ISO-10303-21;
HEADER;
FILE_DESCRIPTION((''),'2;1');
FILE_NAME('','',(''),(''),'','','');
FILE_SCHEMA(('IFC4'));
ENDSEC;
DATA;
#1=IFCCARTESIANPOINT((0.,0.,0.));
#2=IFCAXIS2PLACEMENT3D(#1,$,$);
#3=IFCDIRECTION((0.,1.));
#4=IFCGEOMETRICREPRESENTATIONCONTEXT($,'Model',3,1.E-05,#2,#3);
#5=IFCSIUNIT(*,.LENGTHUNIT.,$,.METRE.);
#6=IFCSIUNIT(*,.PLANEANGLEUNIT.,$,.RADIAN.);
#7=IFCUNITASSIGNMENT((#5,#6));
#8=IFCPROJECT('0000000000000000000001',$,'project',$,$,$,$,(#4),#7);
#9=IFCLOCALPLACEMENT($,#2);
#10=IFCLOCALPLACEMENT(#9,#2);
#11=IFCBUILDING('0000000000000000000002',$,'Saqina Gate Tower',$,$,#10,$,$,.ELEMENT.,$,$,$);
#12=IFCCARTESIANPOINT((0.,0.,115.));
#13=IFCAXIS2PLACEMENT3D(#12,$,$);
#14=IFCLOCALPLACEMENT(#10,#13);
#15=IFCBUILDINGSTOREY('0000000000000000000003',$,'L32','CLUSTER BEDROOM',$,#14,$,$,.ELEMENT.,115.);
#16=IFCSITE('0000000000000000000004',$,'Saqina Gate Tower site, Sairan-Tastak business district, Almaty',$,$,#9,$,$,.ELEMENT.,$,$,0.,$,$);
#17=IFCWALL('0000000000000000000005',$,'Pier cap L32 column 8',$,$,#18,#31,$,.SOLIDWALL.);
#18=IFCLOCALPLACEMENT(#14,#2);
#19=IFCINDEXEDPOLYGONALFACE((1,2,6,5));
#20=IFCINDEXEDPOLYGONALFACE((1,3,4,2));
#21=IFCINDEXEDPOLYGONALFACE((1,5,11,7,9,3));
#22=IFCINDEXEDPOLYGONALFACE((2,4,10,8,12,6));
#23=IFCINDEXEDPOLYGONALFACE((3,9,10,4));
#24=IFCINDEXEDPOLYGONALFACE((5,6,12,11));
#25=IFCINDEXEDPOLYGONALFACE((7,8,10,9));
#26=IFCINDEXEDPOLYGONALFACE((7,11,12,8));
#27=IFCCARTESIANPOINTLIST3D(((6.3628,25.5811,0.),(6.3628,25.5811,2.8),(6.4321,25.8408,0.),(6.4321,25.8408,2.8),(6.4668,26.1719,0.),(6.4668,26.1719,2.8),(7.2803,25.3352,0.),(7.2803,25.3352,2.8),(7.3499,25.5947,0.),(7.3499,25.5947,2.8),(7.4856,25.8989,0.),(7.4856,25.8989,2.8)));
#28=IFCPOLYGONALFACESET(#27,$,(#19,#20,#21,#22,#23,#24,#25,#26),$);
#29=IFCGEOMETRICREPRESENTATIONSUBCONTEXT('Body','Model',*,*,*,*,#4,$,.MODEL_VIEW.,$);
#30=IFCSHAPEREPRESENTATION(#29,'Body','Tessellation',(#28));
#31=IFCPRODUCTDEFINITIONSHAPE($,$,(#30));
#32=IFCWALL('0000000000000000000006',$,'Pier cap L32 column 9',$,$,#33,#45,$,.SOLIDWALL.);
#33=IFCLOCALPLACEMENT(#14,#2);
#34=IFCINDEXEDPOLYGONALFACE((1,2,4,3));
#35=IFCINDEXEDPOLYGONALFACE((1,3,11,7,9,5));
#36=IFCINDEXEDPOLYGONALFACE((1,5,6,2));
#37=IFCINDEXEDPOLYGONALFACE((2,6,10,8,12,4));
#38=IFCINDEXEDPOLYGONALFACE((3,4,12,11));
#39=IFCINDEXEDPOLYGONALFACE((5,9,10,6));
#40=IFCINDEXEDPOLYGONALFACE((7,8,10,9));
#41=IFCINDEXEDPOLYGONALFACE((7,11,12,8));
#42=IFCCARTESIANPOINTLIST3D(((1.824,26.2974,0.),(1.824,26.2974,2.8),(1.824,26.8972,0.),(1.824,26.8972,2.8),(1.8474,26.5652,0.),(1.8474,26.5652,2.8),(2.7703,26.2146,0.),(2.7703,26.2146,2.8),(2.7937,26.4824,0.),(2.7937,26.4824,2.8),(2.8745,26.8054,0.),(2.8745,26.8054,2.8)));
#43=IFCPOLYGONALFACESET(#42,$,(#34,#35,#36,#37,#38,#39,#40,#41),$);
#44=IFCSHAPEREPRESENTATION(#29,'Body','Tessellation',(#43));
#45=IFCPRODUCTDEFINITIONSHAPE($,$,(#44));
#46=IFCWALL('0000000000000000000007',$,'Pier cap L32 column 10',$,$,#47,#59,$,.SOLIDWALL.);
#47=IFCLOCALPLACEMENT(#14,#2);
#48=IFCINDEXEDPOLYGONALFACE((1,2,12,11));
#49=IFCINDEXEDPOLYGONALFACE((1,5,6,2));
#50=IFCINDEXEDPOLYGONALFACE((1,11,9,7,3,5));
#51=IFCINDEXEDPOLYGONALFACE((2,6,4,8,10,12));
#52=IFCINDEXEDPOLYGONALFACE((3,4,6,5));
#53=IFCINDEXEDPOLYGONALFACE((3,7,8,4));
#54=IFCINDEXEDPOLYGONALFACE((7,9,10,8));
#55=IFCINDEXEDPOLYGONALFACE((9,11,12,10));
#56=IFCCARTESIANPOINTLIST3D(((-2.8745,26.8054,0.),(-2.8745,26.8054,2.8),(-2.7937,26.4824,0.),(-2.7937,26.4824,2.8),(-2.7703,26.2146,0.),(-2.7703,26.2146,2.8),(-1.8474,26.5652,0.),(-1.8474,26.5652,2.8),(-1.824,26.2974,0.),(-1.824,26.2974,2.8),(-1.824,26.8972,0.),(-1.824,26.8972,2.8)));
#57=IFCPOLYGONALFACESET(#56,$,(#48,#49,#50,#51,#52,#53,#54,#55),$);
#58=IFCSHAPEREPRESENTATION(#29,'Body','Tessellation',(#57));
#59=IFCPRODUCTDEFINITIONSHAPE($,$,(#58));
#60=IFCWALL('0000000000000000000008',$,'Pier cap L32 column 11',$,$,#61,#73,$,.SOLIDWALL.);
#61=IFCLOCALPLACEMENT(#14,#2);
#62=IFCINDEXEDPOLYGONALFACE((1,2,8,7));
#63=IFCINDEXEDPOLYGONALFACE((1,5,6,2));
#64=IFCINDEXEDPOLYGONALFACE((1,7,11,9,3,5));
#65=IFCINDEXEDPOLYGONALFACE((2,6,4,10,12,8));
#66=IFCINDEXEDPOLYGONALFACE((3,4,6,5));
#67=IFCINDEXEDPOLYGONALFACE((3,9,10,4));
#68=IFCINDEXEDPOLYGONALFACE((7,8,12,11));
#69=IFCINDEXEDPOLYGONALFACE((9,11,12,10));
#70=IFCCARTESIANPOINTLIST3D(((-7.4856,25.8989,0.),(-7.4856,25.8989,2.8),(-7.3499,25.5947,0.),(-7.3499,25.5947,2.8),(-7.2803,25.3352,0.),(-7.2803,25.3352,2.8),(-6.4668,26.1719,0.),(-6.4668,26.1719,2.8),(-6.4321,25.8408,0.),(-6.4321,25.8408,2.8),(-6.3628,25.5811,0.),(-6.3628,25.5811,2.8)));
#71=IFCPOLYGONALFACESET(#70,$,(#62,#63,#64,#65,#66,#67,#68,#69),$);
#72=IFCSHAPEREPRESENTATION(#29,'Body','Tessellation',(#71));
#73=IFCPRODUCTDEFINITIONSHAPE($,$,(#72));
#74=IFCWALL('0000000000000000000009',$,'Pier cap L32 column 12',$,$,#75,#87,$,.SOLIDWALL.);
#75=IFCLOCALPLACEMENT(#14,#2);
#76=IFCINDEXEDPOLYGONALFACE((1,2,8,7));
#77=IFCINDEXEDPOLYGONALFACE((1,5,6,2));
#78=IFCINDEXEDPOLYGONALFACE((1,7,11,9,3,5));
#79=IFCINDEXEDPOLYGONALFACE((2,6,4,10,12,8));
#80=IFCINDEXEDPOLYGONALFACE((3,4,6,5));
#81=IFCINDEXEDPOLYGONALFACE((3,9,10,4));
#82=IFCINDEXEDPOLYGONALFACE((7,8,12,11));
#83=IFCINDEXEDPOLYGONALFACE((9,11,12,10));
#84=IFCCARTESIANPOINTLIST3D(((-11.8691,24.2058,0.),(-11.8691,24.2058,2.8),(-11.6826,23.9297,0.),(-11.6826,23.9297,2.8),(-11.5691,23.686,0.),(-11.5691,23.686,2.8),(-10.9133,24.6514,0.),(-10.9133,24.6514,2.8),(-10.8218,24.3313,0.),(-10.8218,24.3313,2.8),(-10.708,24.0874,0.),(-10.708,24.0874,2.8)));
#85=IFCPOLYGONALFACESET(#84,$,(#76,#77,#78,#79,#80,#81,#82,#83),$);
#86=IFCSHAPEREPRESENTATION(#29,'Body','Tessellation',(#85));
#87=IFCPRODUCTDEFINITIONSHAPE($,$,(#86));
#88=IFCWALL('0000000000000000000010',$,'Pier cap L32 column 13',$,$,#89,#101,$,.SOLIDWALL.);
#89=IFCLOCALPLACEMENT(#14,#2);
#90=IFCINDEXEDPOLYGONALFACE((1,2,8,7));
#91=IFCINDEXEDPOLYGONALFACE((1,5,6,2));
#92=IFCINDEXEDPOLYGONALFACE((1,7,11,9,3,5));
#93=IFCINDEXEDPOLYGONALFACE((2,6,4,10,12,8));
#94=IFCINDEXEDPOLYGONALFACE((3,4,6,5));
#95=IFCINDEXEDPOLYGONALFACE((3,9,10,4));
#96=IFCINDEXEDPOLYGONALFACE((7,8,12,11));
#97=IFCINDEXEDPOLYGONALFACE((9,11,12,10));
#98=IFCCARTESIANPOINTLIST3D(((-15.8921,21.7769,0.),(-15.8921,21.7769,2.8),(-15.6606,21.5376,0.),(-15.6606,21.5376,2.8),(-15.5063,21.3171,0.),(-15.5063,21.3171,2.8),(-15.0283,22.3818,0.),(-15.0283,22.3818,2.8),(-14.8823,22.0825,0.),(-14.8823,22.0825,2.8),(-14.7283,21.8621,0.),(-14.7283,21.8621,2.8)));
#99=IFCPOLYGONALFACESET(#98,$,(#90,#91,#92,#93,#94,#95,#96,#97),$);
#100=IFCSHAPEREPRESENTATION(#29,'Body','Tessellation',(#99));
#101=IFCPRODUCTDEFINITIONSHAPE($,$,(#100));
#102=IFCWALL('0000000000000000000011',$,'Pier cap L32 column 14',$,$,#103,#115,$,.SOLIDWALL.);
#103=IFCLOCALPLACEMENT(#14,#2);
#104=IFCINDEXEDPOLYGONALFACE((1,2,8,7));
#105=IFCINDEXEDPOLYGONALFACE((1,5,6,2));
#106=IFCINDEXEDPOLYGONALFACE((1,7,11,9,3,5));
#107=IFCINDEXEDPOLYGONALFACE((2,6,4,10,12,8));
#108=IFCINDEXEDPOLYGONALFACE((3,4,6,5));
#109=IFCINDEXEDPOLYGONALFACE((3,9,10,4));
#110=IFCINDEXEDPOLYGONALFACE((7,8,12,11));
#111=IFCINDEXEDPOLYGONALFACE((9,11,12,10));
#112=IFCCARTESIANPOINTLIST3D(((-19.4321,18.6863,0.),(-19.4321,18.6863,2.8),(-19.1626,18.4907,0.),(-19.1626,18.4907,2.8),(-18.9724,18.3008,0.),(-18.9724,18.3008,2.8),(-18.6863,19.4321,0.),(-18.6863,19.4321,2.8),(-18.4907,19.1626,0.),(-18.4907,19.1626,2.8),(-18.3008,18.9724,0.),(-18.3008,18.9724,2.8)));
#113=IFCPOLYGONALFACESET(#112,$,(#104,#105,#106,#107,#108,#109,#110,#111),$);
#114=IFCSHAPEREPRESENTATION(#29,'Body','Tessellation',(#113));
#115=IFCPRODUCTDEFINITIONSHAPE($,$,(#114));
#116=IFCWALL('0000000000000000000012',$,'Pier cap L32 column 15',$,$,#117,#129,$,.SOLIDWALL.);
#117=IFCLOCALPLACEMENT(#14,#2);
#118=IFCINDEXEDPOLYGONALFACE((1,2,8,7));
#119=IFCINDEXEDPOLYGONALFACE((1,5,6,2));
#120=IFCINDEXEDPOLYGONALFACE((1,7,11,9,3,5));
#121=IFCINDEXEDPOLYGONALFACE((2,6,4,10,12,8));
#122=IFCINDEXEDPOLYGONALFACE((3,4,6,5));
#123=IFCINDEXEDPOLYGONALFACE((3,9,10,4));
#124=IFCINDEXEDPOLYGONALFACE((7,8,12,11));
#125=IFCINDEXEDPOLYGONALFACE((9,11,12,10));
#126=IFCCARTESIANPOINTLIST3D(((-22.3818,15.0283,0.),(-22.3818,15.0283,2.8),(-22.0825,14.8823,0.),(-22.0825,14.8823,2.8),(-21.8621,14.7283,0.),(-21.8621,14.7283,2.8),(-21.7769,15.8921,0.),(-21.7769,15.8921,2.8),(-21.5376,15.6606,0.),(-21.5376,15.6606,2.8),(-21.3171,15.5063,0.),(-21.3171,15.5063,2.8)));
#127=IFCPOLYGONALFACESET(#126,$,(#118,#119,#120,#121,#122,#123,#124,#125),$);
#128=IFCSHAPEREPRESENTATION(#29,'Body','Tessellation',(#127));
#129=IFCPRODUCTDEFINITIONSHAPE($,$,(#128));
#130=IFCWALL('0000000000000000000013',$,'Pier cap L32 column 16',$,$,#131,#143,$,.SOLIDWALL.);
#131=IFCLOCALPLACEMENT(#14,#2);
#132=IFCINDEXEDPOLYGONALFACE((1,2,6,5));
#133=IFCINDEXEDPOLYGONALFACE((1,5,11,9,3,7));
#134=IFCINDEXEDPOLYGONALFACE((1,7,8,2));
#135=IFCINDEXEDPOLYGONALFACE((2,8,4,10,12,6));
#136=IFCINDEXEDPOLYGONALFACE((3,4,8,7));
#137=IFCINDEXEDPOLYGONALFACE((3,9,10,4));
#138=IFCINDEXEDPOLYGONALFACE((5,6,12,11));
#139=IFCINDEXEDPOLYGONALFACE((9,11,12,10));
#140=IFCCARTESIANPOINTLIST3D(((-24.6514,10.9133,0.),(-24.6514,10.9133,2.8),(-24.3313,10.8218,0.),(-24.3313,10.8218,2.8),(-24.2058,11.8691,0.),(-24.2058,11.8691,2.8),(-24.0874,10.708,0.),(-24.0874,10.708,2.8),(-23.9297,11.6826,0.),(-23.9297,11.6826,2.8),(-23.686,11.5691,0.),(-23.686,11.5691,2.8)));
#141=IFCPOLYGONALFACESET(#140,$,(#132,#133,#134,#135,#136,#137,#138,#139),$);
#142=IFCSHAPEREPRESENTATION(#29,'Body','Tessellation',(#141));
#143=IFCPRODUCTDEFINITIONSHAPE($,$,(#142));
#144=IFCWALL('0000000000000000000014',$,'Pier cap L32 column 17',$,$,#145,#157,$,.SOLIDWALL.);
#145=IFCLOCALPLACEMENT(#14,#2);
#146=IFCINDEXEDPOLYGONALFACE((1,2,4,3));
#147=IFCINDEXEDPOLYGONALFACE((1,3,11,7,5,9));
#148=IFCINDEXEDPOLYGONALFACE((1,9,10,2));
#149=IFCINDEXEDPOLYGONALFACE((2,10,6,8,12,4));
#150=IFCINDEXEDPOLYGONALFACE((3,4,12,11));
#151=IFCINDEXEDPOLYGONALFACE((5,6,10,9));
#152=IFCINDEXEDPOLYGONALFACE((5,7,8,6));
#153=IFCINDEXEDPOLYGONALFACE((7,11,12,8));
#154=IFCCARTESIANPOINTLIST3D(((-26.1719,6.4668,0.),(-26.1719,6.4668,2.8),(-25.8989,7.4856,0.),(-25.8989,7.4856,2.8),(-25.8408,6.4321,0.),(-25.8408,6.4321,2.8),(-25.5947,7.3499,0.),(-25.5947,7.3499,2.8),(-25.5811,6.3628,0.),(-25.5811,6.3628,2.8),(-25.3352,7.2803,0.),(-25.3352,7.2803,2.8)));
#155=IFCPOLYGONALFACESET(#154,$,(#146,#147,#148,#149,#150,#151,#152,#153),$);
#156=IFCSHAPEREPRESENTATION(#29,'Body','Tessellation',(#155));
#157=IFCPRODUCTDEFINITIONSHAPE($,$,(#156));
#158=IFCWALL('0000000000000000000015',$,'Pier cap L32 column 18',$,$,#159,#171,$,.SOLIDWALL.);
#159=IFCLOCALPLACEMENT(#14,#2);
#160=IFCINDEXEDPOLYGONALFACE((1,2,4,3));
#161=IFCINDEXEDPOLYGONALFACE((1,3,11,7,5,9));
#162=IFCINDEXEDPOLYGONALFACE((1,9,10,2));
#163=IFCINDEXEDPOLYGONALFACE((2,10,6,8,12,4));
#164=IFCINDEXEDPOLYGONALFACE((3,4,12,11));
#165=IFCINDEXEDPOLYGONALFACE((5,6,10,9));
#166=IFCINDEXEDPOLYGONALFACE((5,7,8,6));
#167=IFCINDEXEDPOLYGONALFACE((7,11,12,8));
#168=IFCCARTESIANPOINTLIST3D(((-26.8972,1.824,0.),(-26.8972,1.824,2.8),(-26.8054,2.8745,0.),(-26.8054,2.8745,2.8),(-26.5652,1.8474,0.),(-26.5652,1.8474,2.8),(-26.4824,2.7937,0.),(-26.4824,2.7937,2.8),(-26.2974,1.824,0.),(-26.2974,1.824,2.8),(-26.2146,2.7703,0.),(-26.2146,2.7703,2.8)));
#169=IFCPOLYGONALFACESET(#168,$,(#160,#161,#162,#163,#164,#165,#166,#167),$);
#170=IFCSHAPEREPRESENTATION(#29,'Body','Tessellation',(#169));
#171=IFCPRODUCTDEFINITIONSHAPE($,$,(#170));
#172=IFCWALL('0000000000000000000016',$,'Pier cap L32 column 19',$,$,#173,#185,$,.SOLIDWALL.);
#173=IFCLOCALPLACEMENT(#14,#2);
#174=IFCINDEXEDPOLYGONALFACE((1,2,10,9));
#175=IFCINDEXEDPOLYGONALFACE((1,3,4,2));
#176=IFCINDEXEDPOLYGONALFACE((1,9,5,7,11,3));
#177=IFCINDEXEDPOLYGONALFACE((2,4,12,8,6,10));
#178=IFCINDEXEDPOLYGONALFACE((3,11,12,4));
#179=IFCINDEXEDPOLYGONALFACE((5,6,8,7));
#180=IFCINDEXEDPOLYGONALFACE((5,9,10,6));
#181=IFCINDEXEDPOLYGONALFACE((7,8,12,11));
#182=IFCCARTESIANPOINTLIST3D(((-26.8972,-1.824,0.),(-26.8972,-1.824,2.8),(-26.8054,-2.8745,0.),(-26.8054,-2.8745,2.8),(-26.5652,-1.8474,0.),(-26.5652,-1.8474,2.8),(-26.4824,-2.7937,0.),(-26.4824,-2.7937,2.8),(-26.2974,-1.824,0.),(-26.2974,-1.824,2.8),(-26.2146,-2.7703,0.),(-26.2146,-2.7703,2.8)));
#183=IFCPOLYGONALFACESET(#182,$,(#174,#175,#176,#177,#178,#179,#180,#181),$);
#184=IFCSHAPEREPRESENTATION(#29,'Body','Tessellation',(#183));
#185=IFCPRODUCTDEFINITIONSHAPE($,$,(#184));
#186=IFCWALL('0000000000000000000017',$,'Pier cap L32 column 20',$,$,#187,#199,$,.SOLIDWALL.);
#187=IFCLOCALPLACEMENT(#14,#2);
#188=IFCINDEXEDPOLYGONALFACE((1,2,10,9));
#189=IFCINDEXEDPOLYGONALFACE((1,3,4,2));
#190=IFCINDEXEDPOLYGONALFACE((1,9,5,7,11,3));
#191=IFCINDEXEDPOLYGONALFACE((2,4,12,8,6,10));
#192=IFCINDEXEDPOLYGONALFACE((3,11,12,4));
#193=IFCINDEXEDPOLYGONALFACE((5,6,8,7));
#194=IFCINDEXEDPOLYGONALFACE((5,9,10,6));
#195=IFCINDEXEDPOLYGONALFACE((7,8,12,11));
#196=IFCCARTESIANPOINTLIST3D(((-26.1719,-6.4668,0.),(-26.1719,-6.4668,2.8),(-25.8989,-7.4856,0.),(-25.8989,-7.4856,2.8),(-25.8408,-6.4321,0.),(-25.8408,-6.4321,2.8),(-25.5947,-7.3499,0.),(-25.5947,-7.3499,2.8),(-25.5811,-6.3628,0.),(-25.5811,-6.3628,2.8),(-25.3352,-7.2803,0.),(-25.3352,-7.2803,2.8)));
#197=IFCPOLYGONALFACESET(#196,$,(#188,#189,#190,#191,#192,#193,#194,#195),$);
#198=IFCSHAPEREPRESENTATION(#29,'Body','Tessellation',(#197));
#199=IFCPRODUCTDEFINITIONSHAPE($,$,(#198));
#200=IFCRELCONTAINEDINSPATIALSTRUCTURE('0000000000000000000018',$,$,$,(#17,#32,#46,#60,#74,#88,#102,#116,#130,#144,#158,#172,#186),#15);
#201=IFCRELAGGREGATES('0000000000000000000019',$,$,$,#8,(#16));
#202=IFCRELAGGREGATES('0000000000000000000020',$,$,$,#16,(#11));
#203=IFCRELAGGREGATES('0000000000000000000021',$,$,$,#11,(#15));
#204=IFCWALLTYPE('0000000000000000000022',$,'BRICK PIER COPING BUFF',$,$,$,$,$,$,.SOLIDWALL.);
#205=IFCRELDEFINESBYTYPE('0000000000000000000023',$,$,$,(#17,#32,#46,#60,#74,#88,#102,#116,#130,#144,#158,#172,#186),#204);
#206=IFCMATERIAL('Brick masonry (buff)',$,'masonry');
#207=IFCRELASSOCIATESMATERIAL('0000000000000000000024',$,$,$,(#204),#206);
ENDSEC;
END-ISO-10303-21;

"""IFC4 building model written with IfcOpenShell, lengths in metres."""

from ifc_helpers import new_model, si_unit, direction, frame, origin, place, context, subcontext, project, spatial, polyline, outline, extrude, material, type_object, element, save


model = new_model("IFC4")

# Units and contexts
model_context = context("Model", 3, precision=1e-05, world=origin(), true_north=direction((0.0, 1.0)))
body_context = subcontext(model_context, "Body", "Model", "MODEL_VIEW")
ifc_project = project(units=[si_unit("LENGTHUNIT", "METRE"), si_unit("PLANEANGLEUNIT", "RADIAN")], contexts=[model_context])

# Site, building, storey
site_placement = place(None, origin())
site = spatial("IfcSite", under=ifc_project, at=site_placement, Name="Saqina Gate Tower site, Sairan-Tastak business district, Almaty", CompositionType="ELEMENT", RefElevation=0.0)
building_placement = place(site_placement, origin())
building = spatial("IfcBuilding", under=site, at=building_placement, Name="Saqina Gate Tower", CompositionType="ELEMENT")
storey_placement = place(building_placement, frame((0.0, 0.0, 115.0)))
storey = spatial("IfcBuildingStorey", under=building, at=storey_placement, Name="L32", Description="CLUSTER BEDROOM", CompositionType="ELEMENT", Elevation=115.0)

# Walls
ifc_material = material(Name="Brick masonry (buff)", Category="masonry")
wall_type = type_object("IfcWallType", Name="BRICK PIER COPING BUFF", PredefinedType="SOLIDWALL", material=ifc_material)
wall_1_placement = place(storey_placement, origin())
element("IfcWall", 1, at=wall_1_placement, inside=storey, type_object=wall_type, Name="Pier cap L32 column 8", PredefinedType="SOLIDWALL", context=body_context, shape_type="SweptSolid", body=[
    extrude(outline(polyline([(7.4856, 25.8989), (6.4668, 26.1719), (6.3628, 25.5811), (6.4321, 25.8408), (7.3499, 25.5947), (7.2803, 25.3352), (7.4856, 25.8989)])), origin(), (0.0, 0.0, 1.0), 2.8),
])
wall_2_placement = place(storey_placement, origin())
element("IfcWall", 2, at=wall_2_placement, inside=storey, type_object=wall_type, Name="Pier cap L32 column 9", PredefinedType="SOLIDWALL", context=body_context, shape_type="SweptSolid", body=[
    extrude(outline(polyline([(2.8745, 26.8054), (1.824, 26.8972), (1.824, 26.2974), (1.8474, 26.5652), (2.7937, 26.4824), (2.7703, 26.2146), (2.8745, 26.8054)])), origin(), (0.0, 0.0, 1.0), 2.8),
])
wall_3_placement = place(storey_placement, origin())
element("IfcWall", 3, at=wall_3_placement, inside=storey, type_object=wall_type, Name="Pier cap L32 column 10", PredefinedType="SOLIDWALL", context=body_context, shape_type="SweptSolid", body=[
    extrude(outline(polyline([(-2.8745, 26.8054), (-2.7703, 26.2146), (-2.7937, 26.4824), (-1.8474, 26.5652), (-1.824, 26.2974), (-1.824, 26.8972), (-2.8745, 26.8054)])), origin(), (0.0, 0.0, 1.0), 2.8),
])
wall_4_placement = place(storey_placement, origin())
element("IfcWall", 4, at=wall_4_placement, inside=storey, type_object=wall_type, Name="Pier cap L32 column 11", PredefinedType="SOLIDWALL", context=body_context, shape_type="SweptSolid", body=[
    extrude(outline(polyline([(-6.4668, 26.1719), (-7.4856, 25.8989), (-7.2803, 25.3352), (-7.3499, 25.5947), (-6.4321, 25.8408), (-6.3628, 25.5811), (-6.4668, 26.1719)])), origin(), (0.0, 0.0, 1.0), 2.8),
])
wall_5_placement = place(storey_placement, origin())
element("IfcWall", 5, at=wall_5_placement, inside=storey, type_object=wall_type, Name="Pier cap L32 column 12", PredefinedType="SOLIDWALL", context=body_context, shape_type="SweptSolid", body=[
    extrude(outline(polyline([(-10.9133, 24.6514), (-11.8691, 24.2058), (-11.5691, 23.686), (-11.6826, 23.9297), (-10.8218, 24.3313), (-10.708, 24.0874), (-10.9133, 24.6514)])), origin(), (0.0, 0.0, 1.0), 2.8),
])
wall_6_placement = place(storey_placement, origin())
element("IfcWall", 6, at=wall_6_placement, inside=storey, type_object=wall_type, Name="Pier cap L32 column 13", PredefinedType="SOLIDWALL", context=body_context, shape_type="SweptSolid", body=[
    extrude(outline(polyline([(-15.8921, 21.7769), (-15.5063, 21.3171), (-15.6606, 21.5376), (-14.8823, 22.0825), (-14.7283, 21.8621), (-15.0283, 22.3818), (-15.8921, 21.7769)])), origin(), (0.0, 0.0, 1.0), 2.8),
])
wall_7_placement = place(storey_placement, origin())
element("IfcWall", 7, at=wall_7_placement, inside=storey, type_object=wall_type, Name="Pier cap L32 column 14", PredefinedType="SOLIDWALL", context=body_context, shape_type="SweptSolid", body=[
    extrude(outline(polyline([(-18.6863, 19.4321), (-19.4321, 18.6863), (-18.9724, 18.3008), (-19.1626, 18.4907), (-18.4907, 19.1626), (-18.3008, 18.9724), (-18.6863, 19.4321)])), origin(), (0.0, 0.0, 1.0), 2.8),
])
wall_8_placement = place(storey_placement, origin())
element("IfcWall", 8, at=wall_8_placement, inside=storey, type_object=wall_type, Name="Pier cap L32 column 15", PredefinedType="SOLIDWALL", context=body_context, shape_type="SweptSolid", body=[
    extrude(outline(polyline([(-22.3818, 15.0283), (-21.8621, 14.7283), (-22.0825, 14.8823), (-21.5376, 15.6606), (-21.3171, 15.5063), (-21.7769, 15.8921), (-22.3818, 15.0283)])), origin(), (0.0, 0.0, 1.0), 2.8),
])
wall_9_placement = place(storey_placement, origin())
element("IfcWall", 9, at=wall_9_placement, inside=storey, type_object=wall_type, Name="Pier cap L32 column 16", PredefinedType="SOLIDWALL", context=body_context, shape_type="SweptSolid", body=[
    extrude(outline(polyline([(-24.6514, 10.9133), (-24.0874, 10.708), (-24.3313, 10.8218), (-23.9297, 11.6826), (-23.686, 11.5691), (-24.2058, 11.8691), (-24.6514, 10.9133)])), origin(), (0.0, 0.0, 1.0), 2.8),
])
wall_10_placement = place(storey_placement, origin())
element("IfcWall", 10, at=wall_10_placement, inside=storey, type_object=wall_type, Name="Pier cap L32 column 17", PredefinedType="SOLIDWALL", context=body_context, shape_type="SweptSolid", body=[
    extrude(outline(polyline([(-25.8989, 7.4856), (-26.1719, 6.4668), (-25.5811, 6.3628), (-25.8408, 6.4321), (-25.5947, 7.3499), (-25.3352, 7.2803), (-25.8989, 7.4856)])), origin(), (0.0, 0.0, 1.0), 2.8),
])
wall_11_placement = place(storey_placement, origin())
element("IfcWall", 11, at=wall_11_placement, inside=storey, type_object=wall_type, Name="Pier cap L32 column 18", PredefinedType="SOLIDWALL", context=body_context, shape_type="SweptSolid", body=[
    extrude(outline(polyline([(-26.8054, 2.8745), (-26.8972, 1.824), (-26.2974, 1.824), (-26.5652, 1.8474), (-26.4824, 2.7937), (-26.2146, 2.7703), (-26.8054, 2.8745)])), origin(), (0.0, 0.0, 1.0), 2.8),
])
wall_12_placement = place(storey_placement, origin())
element("IfcWall", 12, at=wall_12_placement, inside=storey, type_object=wall_type, Name="Pier cap L32 column 19", PredefinedType="SOLIDWALL", context=body_context, shape_type="SweptSolid", body=[
    extrude(outline(polyline([(-26.8054, -2.8745), (-26.2146, -2.7703), (-26.4824, -2.7937), (-26.5652, -1.8474), (-26.2974, -1.824), (-26.8972, -1.824), (-26.8054, -2.8745)])), origin(), (0.0, 0.0, 1.0), 2.8),
])
wall_13_placement = place(storey_placement, origin())
element("IfcWall", 13, at=wall_13_placement, inside=storey, type_object=wall_type, Name="Pier cap L32 column 20", PredefinedType="SOLIDWALL", context=body_context, shape_type="SweptSolid", body=[
    extrude(outline(polyline([(-26.1719, -6.4668), (-25.8989, -7.4856), (-25.3352, -7.2803), (-25.5947, -7.3499), (-25.8408, -6.4321), (-25.5811, -6.3628), (-26.1719, -6.4668)])), origin(), (0.0, 0.0, 1.0), 2.8),
])

save(model, "model.ifc")
